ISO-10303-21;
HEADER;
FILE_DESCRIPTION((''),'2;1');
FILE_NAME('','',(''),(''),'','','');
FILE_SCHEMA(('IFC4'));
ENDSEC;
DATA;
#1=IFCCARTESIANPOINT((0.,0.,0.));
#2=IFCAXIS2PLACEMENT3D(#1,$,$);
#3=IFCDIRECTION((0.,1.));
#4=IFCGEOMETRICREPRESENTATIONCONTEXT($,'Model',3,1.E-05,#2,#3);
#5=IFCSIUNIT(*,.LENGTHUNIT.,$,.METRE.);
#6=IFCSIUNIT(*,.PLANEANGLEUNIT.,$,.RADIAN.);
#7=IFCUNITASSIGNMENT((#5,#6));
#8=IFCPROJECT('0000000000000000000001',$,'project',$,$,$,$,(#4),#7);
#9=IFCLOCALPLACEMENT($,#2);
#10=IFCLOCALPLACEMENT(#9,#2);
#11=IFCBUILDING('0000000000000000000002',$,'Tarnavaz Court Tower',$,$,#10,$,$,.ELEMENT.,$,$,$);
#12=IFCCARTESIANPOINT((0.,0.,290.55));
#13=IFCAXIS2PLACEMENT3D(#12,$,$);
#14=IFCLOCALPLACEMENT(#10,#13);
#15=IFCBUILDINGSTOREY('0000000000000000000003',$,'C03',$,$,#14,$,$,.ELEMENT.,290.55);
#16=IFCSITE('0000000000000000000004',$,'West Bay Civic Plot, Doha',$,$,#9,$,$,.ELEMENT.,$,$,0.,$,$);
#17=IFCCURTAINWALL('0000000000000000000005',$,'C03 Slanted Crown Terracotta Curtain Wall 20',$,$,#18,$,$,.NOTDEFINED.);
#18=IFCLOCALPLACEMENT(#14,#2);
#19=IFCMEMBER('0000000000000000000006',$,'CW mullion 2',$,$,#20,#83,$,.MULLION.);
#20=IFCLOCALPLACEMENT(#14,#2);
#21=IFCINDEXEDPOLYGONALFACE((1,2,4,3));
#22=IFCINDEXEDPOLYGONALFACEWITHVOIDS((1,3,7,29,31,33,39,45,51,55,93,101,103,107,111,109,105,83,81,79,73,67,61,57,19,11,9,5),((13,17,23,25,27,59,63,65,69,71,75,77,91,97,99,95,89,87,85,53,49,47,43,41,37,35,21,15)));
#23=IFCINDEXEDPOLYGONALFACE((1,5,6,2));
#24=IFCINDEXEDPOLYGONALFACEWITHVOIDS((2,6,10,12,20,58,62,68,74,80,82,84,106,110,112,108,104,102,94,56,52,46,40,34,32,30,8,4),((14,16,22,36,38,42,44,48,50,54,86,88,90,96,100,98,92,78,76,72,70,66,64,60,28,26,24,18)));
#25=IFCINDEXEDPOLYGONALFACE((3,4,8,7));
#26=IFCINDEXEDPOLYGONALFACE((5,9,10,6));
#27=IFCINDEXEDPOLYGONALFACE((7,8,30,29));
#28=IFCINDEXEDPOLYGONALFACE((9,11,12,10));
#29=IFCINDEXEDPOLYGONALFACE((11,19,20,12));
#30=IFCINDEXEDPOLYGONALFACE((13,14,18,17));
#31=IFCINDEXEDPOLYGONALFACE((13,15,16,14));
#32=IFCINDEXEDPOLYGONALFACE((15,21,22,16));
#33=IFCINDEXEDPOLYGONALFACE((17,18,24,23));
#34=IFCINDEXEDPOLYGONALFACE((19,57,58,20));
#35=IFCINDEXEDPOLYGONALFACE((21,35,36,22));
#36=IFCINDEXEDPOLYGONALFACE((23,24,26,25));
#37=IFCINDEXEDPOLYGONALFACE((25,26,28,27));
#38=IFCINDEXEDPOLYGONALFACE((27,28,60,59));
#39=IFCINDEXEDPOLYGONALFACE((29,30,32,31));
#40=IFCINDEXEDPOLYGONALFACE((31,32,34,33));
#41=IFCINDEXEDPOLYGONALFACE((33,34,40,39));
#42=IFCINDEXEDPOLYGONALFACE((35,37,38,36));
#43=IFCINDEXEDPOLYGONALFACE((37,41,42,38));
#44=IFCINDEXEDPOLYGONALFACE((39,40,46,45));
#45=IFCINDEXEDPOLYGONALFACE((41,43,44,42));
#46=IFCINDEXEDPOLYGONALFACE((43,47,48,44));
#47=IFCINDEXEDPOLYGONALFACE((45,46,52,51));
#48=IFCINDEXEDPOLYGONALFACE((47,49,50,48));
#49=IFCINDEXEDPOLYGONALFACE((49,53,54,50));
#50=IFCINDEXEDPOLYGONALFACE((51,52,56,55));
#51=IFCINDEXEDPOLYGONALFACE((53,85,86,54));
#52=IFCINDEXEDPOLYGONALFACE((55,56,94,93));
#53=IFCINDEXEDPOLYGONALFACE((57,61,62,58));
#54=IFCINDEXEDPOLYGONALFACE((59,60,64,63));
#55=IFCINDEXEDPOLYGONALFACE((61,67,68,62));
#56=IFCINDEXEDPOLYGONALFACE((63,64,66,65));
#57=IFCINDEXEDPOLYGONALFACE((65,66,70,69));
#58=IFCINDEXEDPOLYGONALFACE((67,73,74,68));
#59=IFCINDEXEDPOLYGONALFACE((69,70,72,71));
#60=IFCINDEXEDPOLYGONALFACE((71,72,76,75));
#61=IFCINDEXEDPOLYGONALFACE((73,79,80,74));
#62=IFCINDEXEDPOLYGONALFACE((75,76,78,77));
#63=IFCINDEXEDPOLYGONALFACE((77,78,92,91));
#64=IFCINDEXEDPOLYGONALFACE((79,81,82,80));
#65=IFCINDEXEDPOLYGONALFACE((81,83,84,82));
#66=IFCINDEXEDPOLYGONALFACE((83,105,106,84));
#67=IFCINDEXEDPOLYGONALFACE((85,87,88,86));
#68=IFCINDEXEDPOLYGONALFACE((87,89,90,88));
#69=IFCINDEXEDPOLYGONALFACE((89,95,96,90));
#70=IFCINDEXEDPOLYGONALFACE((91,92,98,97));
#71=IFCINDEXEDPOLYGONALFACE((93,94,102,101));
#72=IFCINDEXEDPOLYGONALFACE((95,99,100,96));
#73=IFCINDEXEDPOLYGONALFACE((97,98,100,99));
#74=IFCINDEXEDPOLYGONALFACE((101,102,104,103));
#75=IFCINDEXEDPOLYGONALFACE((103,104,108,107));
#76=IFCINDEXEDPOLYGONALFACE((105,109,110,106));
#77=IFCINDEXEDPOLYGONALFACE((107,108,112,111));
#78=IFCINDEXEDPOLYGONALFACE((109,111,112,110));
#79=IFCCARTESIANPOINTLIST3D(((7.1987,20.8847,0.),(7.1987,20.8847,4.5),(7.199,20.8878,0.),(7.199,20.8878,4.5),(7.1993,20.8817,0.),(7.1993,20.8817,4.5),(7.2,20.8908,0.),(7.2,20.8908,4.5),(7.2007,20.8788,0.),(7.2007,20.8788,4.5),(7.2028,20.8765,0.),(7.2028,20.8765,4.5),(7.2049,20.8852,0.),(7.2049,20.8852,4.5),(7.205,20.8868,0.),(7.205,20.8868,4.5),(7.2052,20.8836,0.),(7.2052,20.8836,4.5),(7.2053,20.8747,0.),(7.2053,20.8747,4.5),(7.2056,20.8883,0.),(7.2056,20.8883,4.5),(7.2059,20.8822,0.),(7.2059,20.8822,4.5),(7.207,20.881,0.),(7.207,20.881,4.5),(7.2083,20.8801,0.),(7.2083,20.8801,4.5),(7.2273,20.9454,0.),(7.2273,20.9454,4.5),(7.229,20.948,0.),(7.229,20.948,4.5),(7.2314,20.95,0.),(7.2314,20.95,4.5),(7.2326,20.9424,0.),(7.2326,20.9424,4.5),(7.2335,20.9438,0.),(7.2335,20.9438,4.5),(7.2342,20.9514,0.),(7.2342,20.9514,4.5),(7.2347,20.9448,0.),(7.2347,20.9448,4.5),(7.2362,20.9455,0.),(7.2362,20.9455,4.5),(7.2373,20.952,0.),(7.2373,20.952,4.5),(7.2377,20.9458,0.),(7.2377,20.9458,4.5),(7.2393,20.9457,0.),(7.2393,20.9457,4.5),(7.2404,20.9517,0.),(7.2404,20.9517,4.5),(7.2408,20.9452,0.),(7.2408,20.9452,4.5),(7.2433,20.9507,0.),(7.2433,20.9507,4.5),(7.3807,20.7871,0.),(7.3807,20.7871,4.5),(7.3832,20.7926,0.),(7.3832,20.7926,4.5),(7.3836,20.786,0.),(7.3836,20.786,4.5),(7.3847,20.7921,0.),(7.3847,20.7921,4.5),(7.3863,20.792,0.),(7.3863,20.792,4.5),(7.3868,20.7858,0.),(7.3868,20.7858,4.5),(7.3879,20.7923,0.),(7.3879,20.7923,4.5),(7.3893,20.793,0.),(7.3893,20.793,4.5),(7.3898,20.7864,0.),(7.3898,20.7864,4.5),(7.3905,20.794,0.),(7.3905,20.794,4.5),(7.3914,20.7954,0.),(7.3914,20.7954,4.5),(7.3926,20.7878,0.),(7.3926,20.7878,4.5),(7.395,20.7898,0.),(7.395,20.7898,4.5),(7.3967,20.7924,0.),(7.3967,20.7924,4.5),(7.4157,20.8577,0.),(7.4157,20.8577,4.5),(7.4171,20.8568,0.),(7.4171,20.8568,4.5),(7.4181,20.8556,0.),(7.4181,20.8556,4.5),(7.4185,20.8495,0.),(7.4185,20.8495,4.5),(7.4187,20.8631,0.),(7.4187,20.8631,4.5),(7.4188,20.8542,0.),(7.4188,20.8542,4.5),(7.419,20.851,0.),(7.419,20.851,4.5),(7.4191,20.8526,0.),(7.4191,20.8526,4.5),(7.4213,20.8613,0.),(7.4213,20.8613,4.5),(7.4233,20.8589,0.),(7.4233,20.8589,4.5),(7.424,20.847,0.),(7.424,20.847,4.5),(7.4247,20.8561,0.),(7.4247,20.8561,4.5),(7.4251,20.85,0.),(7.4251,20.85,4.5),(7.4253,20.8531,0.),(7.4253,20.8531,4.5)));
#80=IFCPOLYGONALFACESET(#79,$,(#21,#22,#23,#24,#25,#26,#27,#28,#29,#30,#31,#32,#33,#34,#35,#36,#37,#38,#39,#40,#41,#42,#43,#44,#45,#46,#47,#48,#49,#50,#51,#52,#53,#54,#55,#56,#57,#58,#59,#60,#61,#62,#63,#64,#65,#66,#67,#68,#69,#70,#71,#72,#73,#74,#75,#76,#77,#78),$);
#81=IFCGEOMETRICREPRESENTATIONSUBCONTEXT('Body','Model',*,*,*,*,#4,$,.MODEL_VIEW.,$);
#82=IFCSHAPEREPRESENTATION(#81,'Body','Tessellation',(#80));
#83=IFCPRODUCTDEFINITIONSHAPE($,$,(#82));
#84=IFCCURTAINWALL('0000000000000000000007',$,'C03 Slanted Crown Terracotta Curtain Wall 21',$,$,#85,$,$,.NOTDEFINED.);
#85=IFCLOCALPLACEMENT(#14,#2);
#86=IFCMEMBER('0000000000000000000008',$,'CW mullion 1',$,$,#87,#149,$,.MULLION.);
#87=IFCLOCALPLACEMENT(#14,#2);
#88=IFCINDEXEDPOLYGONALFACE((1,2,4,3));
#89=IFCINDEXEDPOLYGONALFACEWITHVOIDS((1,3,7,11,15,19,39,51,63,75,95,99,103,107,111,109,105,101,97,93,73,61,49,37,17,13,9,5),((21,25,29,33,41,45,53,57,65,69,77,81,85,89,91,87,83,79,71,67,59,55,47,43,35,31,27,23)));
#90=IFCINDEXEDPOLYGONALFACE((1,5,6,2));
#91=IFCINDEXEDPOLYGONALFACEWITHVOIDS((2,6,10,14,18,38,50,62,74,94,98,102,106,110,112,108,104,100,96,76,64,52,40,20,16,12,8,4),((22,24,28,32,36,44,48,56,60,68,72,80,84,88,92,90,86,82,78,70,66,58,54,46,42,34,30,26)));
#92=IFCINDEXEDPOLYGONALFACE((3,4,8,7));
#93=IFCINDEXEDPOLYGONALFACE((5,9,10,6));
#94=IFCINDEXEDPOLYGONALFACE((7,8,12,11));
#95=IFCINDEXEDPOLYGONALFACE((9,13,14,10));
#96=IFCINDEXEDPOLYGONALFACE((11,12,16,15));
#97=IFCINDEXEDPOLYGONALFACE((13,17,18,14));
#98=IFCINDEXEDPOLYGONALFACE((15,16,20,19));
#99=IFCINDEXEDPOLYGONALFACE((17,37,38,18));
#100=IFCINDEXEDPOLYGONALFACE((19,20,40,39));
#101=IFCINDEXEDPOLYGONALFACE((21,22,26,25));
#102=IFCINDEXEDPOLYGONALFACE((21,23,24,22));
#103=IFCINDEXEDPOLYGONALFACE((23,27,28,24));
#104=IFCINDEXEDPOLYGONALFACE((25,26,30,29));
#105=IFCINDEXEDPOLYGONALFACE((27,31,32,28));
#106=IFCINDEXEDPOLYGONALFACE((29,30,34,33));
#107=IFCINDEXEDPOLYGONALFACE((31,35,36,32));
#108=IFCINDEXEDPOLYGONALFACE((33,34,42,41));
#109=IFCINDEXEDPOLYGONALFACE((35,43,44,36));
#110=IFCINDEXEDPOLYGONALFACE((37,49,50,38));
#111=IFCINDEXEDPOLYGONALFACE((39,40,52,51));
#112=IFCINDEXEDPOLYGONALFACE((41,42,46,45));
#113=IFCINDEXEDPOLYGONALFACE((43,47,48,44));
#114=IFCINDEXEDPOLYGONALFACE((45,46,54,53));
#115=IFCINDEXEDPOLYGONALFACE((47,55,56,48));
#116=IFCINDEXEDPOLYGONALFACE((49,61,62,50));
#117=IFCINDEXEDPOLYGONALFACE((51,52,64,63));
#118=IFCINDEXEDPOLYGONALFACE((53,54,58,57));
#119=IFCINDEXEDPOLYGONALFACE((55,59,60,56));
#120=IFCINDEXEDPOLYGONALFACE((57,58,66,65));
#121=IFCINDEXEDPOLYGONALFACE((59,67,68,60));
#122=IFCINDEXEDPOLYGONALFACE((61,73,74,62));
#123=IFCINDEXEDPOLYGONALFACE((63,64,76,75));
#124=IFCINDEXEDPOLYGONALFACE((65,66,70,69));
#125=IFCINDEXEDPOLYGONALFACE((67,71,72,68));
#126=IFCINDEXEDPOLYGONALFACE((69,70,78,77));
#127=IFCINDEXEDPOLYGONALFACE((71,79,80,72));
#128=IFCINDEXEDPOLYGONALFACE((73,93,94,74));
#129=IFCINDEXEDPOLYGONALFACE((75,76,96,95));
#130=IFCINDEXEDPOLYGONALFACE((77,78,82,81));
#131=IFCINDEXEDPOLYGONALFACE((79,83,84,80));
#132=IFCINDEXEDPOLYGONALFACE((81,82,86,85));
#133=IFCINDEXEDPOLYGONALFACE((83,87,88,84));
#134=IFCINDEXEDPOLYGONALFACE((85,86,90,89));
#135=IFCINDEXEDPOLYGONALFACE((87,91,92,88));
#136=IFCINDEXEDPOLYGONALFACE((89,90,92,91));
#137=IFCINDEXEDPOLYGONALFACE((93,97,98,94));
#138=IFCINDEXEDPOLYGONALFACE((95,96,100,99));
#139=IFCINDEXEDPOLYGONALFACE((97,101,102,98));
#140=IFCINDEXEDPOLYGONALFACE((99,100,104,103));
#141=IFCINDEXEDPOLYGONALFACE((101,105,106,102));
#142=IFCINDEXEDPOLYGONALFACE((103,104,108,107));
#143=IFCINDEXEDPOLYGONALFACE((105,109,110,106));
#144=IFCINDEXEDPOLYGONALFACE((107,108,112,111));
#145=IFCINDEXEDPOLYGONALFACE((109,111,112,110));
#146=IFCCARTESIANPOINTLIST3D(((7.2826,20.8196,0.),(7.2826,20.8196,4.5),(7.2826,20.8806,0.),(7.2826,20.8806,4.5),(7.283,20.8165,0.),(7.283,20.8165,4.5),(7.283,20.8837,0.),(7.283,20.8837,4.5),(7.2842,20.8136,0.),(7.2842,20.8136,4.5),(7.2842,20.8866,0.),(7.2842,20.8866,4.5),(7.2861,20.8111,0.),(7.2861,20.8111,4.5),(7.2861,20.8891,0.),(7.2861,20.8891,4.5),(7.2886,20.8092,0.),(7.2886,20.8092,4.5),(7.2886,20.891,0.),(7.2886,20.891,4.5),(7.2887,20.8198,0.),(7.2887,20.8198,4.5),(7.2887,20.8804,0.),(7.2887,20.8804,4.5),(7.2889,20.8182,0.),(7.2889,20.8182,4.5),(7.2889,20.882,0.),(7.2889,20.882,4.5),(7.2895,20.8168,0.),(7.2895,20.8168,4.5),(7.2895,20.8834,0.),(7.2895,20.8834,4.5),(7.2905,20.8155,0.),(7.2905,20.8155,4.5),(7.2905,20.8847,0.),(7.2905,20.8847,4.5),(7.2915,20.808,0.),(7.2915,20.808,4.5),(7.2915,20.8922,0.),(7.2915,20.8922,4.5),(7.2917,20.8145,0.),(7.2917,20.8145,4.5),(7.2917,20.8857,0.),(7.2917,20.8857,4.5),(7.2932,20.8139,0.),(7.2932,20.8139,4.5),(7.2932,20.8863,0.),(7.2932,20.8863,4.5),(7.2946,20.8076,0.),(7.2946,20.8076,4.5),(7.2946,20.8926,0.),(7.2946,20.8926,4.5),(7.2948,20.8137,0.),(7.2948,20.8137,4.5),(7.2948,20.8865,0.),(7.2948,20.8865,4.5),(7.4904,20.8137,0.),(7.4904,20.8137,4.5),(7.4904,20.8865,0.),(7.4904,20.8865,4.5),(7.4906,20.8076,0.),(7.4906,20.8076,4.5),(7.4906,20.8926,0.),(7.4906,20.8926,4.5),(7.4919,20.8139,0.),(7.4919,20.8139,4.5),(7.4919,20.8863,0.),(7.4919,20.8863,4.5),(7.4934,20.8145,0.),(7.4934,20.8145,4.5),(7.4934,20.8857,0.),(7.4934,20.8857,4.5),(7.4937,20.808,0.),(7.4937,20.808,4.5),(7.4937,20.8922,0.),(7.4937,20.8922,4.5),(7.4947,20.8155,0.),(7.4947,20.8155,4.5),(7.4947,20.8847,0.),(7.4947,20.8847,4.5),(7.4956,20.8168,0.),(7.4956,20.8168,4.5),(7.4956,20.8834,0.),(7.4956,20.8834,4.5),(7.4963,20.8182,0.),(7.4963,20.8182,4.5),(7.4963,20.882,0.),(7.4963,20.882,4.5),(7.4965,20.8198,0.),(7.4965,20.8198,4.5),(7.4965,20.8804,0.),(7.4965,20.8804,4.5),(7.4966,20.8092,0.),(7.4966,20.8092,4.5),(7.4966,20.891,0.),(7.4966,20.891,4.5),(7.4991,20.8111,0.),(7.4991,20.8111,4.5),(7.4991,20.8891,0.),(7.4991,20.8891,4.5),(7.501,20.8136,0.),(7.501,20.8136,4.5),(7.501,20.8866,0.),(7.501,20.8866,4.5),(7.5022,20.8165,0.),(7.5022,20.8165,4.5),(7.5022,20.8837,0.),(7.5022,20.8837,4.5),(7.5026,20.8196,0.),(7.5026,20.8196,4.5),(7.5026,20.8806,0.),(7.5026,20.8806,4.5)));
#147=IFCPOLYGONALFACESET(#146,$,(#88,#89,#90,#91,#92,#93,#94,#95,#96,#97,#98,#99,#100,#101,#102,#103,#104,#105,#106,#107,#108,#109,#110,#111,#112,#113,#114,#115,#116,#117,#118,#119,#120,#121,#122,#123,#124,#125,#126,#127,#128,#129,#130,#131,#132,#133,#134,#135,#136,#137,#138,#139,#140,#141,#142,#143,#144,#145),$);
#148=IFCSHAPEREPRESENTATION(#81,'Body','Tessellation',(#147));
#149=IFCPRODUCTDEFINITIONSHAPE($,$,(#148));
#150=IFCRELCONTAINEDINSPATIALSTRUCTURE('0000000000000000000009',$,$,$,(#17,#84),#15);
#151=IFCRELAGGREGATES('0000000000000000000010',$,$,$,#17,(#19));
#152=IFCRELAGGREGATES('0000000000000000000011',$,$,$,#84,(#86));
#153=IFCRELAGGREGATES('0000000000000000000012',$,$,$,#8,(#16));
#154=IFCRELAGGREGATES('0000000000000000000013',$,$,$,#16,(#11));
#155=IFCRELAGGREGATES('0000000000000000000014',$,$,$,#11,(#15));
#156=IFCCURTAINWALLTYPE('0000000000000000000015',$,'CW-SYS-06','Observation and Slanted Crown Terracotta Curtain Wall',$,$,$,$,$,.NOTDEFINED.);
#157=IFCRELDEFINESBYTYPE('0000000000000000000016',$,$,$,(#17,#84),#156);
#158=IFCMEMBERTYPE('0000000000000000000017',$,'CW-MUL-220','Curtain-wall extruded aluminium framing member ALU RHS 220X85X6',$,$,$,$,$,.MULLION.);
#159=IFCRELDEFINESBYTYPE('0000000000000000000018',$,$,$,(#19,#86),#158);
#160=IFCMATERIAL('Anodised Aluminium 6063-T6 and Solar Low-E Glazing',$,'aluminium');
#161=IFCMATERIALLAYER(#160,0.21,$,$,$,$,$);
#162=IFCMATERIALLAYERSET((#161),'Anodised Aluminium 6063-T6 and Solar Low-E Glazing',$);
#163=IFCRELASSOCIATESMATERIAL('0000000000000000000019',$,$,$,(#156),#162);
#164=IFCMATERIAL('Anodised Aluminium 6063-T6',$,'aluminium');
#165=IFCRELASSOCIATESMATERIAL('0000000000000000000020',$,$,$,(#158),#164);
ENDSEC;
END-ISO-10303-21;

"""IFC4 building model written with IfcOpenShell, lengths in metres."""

from ifc_helpers import new_model, si_unit, direction, frame, origin, origin_2d, place, context, subcontext, project, spatial, hollow_rectangle, extrude, material, layer, layer_set, material_profile, profile_set, type_object, element, aggregate, save


model = new_model("IFC4")

# Units and contexts
model_context = context("Model", 3, precision=1e-05, world=origin(), true_north=direction((0.0, 1.0)))
body_context = subcontext(model_context, "Body", "Model", "MODEL_VIEW")
ifc_project = project(units=[si_unit("LENGTHUNIT", "METRE"), si_unit("PLANEANGLEUNIT", "RADIAN")], contexts=[model_context])

# Site, building, storey
site_placement = place(None, origin())
site = spatial("IfcSite", under=ifc_project, at=site_placement, Name="West Bay Civic Plot, Doha", CompositionType="ELEMENT", RefElevation=0.0)
building_placement = place(site_placement, origin())
building = spatial("IfcBuilding", under=site, at=building_placement, Name="Tarnavaz Court Tower", CompositionType="ELEMENT")
storey_placement = place(building_placement, frame((0.0, 0.0, 290.55)))
storey = spatial("IfcBuildingStorey", under=building, at=storey_placement, Name="C03", CompositionType="ELEMENT", Elevation=290.55)

# Shared definitions
ifc_material_1 = material(Name="Anodised Aluminium 6063-T6 and Solar Low-E Glazing", Category="aluminium")
ifc_layer_1 = layer(ifc_material_1, 0.21)
ifc_layer_set_1 = layer_set([ifc_layer_1], Name="Anodised Aluminium 6063-T6 and Solar Low-E Glazing")
curtain_wall_type = type_object("IfcCurtainWallType", Name="CW-SYS-06", Description="Observation and Slanted Crown Terracotta Curtain Wall", PredefinedType="NOTDEFINED", material=ifc_layer_set_1)
ifc_material_2 = material(Name="Anodised Aluminium 6063-T6", Category="aluminium")
ifc_material_profile_1 = material_profile(ifc_material_2, hollow_rectangle(XDim=0.085, YDim=0.22, WallThickness=0.0061, InnerFilletRadius=0.0061, OuterFilletRadius=0.012, at=origin_2d()), Name="ALU RHS 220X85X6")
ifc_profile_set_1 = profile_set([ifc_material_profile_1], Name="Anodised Aluminium 6063-T6")
member_type_1 = type_object("IfcMemberType", Name="CW-MUL-220", Description="Curtain-wall extruded aluminium framing member ALU RHS 220X85X6", PredefinedType="MULLION", material=ifc_profile_set_1)

# Curtain walls, members
curtain_wall_1_placement = place(storey_placement, origin())
curtain_wall_1 = element("IfcCurtainWall", 1, at=curtain_wall_1_placement, inside=storey, type_object=curtain_wall_type, Name="C03 Slanted Crown Terracotta Curtain Wall 20", PredefinedType="NOTDEFINED")
member_1_placement = place(storey_placement, frame((7.312, 20.8689, 0.0), z_axis=(0.0, 0.0, 1.0), x_axis=(0.447214, 0.894427, 0.0)))
member_1 = element("IfcMember", 2, at=member_1_placement, type_object=member_type_1, Name="CW mullion 2", PredefinedType="MULLION", context=body_context, shape_type="SweptSolid", body=[
    extrude(hollow_rectangle(XDim=0.085, YDim=0.22, WallThickness=0.0061, InnerFilletRadius=0.0061, OuterFilletRadius=0.012, at=origin_2d()), origin(), (0.0, 0.0, 1.0), 4.5),
])
curtain_wall_2_placement = place(storey_placement, origin())
curtain_wall_2 = element("IfcCurtainWall", 3, at=curtain_wall_2_placement, inside=storey, type_object=curtain_wall_type, Name="C03 Slanted Crown Terracotta Curtain Wall 21", PredefinedType="NOTDEFINED")
member_2_placement = place(storey_placement, frame((7.3926, 20.8501, 0.0), z_axis=(0.0, 0.0, 1.0), x_axis=(0.0, 1.0, 0.0)))
member_2 = element("IfcMember", 4, at=member_2_placement, type_object=member_type_1, Name="CW mullion 1", PredefinedType="MULLION", context=body_context, shape_type="SweptSolid", body=[
    extrude(hollow_rectangle(XDim=0.085, YDim=0.22, WallThickness=0.0061, InnerFilletRadius=0.0061, OuterFilletRadius=0.012, at=origin_2d()), origin(), (0.0, 0.0, 1.0), 4.5),
])

aggregate(curtain_wall_1, [member_1])
aggregate(curtain_wall_2, [member_2])

save(model, "model.ifc")
